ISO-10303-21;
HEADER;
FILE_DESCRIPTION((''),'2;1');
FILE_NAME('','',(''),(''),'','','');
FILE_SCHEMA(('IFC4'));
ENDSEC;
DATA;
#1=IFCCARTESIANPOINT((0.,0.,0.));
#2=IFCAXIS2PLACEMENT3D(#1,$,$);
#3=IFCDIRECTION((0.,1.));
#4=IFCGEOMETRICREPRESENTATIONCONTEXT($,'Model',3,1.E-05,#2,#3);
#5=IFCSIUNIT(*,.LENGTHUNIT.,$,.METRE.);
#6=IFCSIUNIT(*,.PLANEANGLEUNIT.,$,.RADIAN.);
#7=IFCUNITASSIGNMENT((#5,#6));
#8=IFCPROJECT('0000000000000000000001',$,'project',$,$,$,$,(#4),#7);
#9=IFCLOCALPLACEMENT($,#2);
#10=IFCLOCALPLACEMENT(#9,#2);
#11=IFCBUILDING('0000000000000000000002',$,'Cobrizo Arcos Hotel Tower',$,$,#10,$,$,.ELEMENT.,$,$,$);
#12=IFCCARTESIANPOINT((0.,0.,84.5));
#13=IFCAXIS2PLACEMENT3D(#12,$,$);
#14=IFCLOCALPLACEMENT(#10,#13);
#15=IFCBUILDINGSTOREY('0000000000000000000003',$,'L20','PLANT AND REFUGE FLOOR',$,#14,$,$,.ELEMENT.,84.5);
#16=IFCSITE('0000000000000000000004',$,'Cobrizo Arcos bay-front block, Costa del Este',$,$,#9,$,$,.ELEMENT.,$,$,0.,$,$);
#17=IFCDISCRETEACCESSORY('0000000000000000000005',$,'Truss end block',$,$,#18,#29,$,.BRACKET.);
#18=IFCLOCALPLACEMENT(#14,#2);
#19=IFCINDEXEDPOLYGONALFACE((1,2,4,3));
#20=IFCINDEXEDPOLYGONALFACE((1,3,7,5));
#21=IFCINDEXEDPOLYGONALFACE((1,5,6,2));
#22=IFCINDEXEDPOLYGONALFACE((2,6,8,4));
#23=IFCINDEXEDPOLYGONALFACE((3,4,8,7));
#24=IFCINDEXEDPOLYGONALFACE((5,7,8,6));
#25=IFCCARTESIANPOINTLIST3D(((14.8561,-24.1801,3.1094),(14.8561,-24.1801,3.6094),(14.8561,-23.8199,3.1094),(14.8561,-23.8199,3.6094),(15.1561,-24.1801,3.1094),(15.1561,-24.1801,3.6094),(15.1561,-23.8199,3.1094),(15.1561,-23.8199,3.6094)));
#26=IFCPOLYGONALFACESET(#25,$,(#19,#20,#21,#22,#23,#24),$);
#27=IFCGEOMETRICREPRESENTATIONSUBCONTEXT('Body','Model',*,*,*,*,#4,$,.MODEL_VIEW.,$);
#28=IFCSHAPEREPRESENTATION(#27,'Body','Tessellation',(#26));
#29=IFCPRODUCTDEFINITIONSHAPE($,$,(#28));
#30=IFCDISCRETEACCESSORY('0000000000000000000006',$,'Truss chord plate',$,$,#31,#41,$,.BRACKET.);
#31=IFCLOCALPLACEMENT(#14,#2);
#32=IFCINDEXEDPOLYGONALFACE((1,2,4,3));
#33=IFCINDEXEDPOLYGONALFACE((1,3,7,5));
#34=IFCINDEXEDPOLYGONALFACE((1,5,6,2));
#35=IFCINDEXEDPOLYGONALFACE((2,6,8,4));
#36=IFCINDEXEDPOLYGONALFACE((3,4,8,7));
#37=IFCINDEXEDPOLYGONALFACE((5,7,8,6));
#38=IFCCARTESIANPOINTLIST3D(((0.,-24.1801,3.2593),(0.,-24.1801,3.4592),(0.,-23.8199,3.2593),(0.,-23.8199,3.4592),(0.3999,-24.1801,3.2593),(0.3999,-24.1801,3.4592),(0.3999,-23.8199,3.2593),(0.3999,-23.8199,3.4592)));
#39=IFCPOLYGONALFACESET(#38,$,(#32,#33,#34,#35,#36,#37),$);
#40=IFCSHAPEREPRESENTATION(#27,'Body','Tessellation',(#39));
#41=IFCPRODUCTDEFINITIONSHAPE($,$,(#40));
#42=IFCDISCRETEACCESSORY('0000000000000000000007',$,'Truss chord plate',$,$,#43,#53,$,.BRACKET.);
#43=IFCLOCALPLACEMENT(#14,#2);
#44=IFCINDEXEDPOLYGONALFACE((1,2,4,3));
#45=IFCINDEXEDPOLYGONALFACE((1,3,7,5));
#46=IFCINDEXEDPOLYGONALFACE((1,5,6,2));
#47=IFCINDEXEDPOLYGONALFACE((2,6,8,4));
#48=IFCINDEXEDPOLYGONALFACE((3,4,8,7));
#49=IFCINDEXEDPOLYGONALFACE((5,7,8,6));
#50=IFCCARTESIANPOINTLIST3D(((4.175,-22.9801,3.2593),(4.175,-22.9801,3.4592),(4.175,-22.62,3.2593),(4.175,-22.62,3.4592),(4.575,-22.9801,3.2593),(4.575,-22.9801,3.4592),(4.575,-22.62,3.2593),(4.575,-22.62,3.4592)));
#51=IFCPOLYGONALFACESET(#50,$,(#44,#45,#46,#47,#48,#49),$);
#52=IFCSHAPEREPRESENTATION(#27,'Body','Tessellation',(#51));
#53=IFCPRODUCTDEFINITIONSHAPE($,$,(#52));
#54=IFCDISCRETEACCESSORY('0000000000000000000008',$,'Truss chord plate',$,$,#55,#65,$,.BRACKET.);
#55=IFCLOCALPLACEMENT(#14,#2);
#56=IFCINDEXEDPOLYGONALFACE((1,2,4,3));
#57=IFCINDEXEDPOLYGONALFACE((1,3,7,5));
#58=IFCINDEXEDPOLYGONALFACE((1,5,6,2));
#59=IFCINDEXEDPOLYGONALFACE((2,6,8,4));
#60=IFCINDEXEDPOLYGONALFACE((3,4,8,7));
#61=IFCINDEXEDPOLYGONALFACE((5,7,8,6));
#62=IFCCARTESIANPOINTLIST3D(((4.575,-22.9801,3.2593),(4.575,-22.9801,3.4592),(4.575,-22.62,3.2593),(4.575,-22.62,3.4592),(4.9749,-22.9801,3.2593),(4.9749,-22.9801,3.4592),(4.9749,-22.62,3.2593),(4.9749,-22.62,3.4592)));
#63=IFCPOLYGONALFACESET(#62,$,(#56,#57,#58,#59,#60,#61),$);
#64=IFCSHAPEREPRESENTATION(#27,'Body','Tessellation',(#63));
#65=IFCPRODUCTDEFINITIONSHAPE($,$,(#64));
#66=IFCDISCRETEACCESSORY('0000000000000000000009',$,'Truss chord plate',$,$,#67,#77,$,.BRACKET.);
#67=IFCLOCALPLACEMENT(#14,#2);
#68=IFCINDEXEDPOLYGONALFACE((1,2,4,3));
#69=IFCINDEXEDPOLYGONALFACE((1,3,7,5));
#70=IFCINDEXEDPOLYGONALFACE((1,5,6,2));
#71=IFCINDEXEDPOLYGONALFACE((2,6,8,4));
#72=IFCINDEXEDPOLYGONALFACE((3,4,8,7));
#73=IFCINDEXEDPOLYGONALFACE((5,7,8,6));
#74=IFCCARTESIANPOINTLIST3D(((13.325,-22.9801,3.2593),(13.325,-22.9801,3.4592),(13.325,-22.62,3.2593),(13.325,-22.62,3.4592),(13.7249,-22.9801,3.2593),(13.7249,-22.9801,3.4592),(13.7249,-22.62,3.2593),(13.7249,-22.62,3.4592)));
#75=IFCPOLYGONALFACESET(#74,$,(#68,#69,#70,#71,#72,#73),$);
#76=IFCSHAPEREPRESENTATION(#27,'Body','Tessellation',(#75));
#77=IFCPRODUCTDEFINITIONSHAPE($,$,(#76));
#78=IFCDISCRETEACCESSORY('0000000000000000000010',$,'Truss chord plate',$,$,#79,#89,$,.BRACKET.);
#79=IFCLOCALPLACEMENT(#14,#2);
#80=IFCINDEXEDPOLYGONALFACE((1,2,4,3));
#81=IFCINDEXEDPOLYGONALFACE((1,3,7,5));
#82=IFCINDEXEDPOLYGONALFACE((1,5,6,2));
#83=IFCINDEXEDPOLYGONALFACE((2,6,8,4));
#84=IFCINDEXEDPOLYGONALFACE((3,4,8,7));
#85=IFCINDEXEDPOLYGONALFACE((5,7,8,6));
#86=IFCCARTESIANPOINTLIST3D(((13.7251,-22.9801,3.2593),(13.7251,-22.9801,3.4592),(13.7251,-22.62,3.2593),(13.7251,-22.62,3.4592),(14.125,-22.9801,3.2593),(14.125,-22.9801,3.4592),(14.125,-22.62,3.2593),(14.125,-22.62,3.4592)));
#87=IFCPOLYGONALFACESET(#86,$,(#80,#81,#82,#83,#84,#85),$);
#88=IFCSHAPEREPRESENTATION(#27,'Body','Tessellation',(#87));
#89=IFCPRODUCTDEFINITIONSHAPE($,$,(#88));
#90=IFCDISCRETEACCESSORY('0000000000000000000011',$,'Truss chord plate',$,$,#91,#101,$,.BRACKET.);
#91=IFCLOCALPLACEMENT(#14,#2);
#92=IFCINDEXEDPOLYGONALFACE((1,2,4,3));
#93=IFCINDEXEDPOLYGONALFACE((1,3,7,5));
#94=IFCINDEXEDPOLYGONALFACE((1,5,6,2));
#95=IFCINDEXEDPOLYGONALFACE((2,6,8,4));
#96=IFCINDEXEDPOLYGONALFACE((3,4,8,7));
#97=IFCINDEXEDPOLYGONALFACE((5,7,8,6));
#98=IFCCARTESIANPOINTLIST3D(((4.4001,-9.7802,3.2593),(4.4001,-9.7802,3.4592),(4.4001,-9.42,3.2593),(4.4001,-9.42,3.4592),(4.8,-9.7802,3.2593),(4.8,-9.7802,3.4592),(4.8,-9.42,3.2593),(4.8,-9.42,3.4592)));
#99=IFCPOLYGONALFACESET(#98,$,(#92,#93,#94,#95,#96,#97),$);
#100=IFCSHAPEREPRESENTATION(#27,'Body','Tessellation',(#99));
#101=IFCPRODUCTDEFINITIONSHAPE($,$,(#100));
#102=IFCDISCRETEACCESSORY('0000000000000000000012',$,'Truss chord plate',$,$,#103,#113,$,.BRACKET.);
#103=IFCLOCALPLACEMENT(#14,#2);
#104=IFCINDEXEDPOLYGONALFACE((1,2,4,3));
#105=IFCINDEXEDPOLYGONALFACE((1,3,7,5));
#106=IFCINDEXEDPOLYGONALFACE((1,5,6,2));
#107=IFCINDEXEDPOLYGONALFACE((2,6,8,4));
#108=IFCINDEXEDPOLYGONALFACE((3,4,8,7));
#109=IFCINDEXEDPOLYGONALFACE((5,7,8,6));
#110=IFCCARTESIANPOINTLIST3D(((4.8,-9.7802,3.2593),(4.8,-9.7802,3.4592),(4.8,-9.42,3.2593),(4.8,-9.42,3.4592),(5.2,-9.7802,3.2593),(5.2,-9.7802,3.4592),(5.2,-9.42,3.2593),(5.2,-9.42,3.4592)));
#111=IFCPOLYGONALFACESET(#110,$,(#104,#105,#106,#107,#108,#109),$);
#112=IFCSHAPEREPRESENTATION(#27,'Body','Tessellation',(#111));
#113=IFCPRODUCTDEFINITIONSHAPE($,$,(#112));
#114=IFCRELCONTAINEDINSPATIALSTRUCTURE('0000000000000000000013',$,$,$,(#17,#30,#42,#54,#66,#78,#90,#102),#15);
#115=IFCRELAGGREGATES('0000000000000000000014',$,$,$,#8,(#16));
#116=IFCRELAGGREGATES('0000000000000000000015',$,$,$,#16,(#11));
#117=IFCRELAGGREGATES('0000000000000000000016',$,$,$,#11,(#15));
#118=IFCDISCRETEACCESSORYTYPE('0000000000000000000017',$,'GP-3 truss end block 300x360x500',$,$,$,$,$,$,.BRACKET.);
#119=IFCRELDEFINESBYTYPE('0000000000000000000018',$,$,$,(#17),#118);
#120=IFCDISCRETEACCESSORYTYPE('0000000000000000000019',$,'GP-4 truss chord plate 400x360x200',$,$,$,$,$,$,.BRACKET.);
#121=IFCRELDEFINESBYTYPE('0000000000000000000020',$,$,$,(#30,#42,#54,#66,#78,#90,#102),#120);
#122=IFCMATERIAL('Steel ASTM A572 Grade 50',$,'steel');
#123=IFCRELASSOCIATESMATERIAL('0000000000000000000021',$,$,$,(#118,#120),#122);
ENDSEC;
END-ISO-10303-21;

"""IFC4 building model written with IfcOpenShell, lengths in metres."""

from ifc_helpers import new_model, si_unit, direction, frame, origin, origin_2d, place, context, subcontext, project, spatial, rectangle, extrude, material, type_object, element, save


model = new_model("IFC4")

# Units and contexts
model_context = context("Model", 3, precision=1e-05, world=origin(), true_north=direction((0.0, 1.0)))
body_context = subcontext(model_context, "Body", "Model", "MODEL_VIEW")
ifc_project = project(units=[si_unit("LENGTHUNIT", "METRE"), si_unit("PLANEANGLEUNIT", "RADIAN")], contexts=[model_context])

# Site, building, storey
site_placement = place(None, origin())
site = spatial("IfcSite", under=ifc_project, at=site_placement, Name="Cobrizo Arcos bay-front block, Costa del Este", CompositionType="ELEMENT", RefElevation=0.0)
building_placement = place(site_placement, origin())
building = spatial("IfcBuilding", under=site, at=building_placement, Name="Cobrizo Arcos Hotel Tower", CompositionType="ELEMENT")
storey_placement = place(building_placement, frame((0.0, 0.0, 84.5)))
storey = spatial("IfcBuildingStorey", under=building, at=storey_placement, Name="L20", Description="PLANT AND REFUGE FLOOR", CompositionType="ELEMENT", Elevation=84.5)

# Discrete accessories
ifc_material_1 = material(Name="Steel ASTM A572 Grade 50", Category="steel")
discrete_accessory_type_1 = type_object("IfcDiscreteAccessoryType", Name="GP-3 truss end block 300x360x500", PredefinedType="BRACKET", material=ifc_material_1)
for number, where, z_axis, x_axis, name in (
    (1, (15.0061, -24.0, 3.1094), (0.0, 0.0, 1.0), (-1.0, 0.0, 0.0), "Truss end block"),
):
    element("IfcDiscreteAccessory", number, at=place(storey_placement, frame(where, z_axis=z_axis, x_axis=x_axis)), inside=storey, type_object=discrete_accessory_type_1, Name=name, PredefinedType="BRACKET", context=body_context, shape_type="SweptSolid", body=[
        extrude(rectangle(XDim=0.3, YDim=0.3601, at=origin_2d()), origin(), (0.0, 0.0, 1.0), 0.5),
    ])
discrete_accessory_type_2 = type_object("IfcDiscreteAccessoryType", Name="GP-4 truss chord plate 400x360x200", PredefinedType="BRACKET", material=ifc_material_1)
for number, where, z_axis, x_axis, name in (
    (2, (0.2, -24.0, 3.2593), (0.0, 0.0, 1.0), (1.0, 0.0, 0.0), "Truss chord plate"),
    (3, (4.375, -22.8, 3.2593), (0.0, 0.0, 1.0), (1.0, 0.0, 0.0), "Truss chord plate"),
    (4, (4.7749, -22.8, 3.2593), (0.0, 0.0, 1.0), (1.0, 0.0, 0.0), "Truss chord plate"),
    (5, (13.5249, -22.8, 3.2593), (0.0, 0.0, 1.0), (1.0, 0.0, 0.0), "Truss chord plate"),
    (6, (13.925, -22.8, 3.2593), (0.0, 0.0, 1.0), (1.0, 0.0, 0.0), "Truss chord plate"),
    (7, (4.6001, -9.6001, 3.2593), (0.0, 0.0, 1.0), (1.0, 0.0, 0.0), "Truss chord plate"),
    (8, (5.0, -9.6001, 3.2593), (0.0, 0.0, 1.0), (1.0, 0.0, 0.0), "Truss chord plate"),
):
    element("IfcDiscreteAccessory", number, at=place(storey_placement, frame(where, z_axis=z_axis, x_axis=x_axis)), inside=storey, type_object=discrete_accessory_type_2, Name=name, PredefinedType="BRACKET", context=body_context, shape_type="SweptSolid", body=[
        extrude(rectangle(XDim=0.3999, YDim=0.3601, at=origin_2d()), origin(), (0.0, 0.0, 1.0), 0.2),
    ])

save(model, "model.ifc")
